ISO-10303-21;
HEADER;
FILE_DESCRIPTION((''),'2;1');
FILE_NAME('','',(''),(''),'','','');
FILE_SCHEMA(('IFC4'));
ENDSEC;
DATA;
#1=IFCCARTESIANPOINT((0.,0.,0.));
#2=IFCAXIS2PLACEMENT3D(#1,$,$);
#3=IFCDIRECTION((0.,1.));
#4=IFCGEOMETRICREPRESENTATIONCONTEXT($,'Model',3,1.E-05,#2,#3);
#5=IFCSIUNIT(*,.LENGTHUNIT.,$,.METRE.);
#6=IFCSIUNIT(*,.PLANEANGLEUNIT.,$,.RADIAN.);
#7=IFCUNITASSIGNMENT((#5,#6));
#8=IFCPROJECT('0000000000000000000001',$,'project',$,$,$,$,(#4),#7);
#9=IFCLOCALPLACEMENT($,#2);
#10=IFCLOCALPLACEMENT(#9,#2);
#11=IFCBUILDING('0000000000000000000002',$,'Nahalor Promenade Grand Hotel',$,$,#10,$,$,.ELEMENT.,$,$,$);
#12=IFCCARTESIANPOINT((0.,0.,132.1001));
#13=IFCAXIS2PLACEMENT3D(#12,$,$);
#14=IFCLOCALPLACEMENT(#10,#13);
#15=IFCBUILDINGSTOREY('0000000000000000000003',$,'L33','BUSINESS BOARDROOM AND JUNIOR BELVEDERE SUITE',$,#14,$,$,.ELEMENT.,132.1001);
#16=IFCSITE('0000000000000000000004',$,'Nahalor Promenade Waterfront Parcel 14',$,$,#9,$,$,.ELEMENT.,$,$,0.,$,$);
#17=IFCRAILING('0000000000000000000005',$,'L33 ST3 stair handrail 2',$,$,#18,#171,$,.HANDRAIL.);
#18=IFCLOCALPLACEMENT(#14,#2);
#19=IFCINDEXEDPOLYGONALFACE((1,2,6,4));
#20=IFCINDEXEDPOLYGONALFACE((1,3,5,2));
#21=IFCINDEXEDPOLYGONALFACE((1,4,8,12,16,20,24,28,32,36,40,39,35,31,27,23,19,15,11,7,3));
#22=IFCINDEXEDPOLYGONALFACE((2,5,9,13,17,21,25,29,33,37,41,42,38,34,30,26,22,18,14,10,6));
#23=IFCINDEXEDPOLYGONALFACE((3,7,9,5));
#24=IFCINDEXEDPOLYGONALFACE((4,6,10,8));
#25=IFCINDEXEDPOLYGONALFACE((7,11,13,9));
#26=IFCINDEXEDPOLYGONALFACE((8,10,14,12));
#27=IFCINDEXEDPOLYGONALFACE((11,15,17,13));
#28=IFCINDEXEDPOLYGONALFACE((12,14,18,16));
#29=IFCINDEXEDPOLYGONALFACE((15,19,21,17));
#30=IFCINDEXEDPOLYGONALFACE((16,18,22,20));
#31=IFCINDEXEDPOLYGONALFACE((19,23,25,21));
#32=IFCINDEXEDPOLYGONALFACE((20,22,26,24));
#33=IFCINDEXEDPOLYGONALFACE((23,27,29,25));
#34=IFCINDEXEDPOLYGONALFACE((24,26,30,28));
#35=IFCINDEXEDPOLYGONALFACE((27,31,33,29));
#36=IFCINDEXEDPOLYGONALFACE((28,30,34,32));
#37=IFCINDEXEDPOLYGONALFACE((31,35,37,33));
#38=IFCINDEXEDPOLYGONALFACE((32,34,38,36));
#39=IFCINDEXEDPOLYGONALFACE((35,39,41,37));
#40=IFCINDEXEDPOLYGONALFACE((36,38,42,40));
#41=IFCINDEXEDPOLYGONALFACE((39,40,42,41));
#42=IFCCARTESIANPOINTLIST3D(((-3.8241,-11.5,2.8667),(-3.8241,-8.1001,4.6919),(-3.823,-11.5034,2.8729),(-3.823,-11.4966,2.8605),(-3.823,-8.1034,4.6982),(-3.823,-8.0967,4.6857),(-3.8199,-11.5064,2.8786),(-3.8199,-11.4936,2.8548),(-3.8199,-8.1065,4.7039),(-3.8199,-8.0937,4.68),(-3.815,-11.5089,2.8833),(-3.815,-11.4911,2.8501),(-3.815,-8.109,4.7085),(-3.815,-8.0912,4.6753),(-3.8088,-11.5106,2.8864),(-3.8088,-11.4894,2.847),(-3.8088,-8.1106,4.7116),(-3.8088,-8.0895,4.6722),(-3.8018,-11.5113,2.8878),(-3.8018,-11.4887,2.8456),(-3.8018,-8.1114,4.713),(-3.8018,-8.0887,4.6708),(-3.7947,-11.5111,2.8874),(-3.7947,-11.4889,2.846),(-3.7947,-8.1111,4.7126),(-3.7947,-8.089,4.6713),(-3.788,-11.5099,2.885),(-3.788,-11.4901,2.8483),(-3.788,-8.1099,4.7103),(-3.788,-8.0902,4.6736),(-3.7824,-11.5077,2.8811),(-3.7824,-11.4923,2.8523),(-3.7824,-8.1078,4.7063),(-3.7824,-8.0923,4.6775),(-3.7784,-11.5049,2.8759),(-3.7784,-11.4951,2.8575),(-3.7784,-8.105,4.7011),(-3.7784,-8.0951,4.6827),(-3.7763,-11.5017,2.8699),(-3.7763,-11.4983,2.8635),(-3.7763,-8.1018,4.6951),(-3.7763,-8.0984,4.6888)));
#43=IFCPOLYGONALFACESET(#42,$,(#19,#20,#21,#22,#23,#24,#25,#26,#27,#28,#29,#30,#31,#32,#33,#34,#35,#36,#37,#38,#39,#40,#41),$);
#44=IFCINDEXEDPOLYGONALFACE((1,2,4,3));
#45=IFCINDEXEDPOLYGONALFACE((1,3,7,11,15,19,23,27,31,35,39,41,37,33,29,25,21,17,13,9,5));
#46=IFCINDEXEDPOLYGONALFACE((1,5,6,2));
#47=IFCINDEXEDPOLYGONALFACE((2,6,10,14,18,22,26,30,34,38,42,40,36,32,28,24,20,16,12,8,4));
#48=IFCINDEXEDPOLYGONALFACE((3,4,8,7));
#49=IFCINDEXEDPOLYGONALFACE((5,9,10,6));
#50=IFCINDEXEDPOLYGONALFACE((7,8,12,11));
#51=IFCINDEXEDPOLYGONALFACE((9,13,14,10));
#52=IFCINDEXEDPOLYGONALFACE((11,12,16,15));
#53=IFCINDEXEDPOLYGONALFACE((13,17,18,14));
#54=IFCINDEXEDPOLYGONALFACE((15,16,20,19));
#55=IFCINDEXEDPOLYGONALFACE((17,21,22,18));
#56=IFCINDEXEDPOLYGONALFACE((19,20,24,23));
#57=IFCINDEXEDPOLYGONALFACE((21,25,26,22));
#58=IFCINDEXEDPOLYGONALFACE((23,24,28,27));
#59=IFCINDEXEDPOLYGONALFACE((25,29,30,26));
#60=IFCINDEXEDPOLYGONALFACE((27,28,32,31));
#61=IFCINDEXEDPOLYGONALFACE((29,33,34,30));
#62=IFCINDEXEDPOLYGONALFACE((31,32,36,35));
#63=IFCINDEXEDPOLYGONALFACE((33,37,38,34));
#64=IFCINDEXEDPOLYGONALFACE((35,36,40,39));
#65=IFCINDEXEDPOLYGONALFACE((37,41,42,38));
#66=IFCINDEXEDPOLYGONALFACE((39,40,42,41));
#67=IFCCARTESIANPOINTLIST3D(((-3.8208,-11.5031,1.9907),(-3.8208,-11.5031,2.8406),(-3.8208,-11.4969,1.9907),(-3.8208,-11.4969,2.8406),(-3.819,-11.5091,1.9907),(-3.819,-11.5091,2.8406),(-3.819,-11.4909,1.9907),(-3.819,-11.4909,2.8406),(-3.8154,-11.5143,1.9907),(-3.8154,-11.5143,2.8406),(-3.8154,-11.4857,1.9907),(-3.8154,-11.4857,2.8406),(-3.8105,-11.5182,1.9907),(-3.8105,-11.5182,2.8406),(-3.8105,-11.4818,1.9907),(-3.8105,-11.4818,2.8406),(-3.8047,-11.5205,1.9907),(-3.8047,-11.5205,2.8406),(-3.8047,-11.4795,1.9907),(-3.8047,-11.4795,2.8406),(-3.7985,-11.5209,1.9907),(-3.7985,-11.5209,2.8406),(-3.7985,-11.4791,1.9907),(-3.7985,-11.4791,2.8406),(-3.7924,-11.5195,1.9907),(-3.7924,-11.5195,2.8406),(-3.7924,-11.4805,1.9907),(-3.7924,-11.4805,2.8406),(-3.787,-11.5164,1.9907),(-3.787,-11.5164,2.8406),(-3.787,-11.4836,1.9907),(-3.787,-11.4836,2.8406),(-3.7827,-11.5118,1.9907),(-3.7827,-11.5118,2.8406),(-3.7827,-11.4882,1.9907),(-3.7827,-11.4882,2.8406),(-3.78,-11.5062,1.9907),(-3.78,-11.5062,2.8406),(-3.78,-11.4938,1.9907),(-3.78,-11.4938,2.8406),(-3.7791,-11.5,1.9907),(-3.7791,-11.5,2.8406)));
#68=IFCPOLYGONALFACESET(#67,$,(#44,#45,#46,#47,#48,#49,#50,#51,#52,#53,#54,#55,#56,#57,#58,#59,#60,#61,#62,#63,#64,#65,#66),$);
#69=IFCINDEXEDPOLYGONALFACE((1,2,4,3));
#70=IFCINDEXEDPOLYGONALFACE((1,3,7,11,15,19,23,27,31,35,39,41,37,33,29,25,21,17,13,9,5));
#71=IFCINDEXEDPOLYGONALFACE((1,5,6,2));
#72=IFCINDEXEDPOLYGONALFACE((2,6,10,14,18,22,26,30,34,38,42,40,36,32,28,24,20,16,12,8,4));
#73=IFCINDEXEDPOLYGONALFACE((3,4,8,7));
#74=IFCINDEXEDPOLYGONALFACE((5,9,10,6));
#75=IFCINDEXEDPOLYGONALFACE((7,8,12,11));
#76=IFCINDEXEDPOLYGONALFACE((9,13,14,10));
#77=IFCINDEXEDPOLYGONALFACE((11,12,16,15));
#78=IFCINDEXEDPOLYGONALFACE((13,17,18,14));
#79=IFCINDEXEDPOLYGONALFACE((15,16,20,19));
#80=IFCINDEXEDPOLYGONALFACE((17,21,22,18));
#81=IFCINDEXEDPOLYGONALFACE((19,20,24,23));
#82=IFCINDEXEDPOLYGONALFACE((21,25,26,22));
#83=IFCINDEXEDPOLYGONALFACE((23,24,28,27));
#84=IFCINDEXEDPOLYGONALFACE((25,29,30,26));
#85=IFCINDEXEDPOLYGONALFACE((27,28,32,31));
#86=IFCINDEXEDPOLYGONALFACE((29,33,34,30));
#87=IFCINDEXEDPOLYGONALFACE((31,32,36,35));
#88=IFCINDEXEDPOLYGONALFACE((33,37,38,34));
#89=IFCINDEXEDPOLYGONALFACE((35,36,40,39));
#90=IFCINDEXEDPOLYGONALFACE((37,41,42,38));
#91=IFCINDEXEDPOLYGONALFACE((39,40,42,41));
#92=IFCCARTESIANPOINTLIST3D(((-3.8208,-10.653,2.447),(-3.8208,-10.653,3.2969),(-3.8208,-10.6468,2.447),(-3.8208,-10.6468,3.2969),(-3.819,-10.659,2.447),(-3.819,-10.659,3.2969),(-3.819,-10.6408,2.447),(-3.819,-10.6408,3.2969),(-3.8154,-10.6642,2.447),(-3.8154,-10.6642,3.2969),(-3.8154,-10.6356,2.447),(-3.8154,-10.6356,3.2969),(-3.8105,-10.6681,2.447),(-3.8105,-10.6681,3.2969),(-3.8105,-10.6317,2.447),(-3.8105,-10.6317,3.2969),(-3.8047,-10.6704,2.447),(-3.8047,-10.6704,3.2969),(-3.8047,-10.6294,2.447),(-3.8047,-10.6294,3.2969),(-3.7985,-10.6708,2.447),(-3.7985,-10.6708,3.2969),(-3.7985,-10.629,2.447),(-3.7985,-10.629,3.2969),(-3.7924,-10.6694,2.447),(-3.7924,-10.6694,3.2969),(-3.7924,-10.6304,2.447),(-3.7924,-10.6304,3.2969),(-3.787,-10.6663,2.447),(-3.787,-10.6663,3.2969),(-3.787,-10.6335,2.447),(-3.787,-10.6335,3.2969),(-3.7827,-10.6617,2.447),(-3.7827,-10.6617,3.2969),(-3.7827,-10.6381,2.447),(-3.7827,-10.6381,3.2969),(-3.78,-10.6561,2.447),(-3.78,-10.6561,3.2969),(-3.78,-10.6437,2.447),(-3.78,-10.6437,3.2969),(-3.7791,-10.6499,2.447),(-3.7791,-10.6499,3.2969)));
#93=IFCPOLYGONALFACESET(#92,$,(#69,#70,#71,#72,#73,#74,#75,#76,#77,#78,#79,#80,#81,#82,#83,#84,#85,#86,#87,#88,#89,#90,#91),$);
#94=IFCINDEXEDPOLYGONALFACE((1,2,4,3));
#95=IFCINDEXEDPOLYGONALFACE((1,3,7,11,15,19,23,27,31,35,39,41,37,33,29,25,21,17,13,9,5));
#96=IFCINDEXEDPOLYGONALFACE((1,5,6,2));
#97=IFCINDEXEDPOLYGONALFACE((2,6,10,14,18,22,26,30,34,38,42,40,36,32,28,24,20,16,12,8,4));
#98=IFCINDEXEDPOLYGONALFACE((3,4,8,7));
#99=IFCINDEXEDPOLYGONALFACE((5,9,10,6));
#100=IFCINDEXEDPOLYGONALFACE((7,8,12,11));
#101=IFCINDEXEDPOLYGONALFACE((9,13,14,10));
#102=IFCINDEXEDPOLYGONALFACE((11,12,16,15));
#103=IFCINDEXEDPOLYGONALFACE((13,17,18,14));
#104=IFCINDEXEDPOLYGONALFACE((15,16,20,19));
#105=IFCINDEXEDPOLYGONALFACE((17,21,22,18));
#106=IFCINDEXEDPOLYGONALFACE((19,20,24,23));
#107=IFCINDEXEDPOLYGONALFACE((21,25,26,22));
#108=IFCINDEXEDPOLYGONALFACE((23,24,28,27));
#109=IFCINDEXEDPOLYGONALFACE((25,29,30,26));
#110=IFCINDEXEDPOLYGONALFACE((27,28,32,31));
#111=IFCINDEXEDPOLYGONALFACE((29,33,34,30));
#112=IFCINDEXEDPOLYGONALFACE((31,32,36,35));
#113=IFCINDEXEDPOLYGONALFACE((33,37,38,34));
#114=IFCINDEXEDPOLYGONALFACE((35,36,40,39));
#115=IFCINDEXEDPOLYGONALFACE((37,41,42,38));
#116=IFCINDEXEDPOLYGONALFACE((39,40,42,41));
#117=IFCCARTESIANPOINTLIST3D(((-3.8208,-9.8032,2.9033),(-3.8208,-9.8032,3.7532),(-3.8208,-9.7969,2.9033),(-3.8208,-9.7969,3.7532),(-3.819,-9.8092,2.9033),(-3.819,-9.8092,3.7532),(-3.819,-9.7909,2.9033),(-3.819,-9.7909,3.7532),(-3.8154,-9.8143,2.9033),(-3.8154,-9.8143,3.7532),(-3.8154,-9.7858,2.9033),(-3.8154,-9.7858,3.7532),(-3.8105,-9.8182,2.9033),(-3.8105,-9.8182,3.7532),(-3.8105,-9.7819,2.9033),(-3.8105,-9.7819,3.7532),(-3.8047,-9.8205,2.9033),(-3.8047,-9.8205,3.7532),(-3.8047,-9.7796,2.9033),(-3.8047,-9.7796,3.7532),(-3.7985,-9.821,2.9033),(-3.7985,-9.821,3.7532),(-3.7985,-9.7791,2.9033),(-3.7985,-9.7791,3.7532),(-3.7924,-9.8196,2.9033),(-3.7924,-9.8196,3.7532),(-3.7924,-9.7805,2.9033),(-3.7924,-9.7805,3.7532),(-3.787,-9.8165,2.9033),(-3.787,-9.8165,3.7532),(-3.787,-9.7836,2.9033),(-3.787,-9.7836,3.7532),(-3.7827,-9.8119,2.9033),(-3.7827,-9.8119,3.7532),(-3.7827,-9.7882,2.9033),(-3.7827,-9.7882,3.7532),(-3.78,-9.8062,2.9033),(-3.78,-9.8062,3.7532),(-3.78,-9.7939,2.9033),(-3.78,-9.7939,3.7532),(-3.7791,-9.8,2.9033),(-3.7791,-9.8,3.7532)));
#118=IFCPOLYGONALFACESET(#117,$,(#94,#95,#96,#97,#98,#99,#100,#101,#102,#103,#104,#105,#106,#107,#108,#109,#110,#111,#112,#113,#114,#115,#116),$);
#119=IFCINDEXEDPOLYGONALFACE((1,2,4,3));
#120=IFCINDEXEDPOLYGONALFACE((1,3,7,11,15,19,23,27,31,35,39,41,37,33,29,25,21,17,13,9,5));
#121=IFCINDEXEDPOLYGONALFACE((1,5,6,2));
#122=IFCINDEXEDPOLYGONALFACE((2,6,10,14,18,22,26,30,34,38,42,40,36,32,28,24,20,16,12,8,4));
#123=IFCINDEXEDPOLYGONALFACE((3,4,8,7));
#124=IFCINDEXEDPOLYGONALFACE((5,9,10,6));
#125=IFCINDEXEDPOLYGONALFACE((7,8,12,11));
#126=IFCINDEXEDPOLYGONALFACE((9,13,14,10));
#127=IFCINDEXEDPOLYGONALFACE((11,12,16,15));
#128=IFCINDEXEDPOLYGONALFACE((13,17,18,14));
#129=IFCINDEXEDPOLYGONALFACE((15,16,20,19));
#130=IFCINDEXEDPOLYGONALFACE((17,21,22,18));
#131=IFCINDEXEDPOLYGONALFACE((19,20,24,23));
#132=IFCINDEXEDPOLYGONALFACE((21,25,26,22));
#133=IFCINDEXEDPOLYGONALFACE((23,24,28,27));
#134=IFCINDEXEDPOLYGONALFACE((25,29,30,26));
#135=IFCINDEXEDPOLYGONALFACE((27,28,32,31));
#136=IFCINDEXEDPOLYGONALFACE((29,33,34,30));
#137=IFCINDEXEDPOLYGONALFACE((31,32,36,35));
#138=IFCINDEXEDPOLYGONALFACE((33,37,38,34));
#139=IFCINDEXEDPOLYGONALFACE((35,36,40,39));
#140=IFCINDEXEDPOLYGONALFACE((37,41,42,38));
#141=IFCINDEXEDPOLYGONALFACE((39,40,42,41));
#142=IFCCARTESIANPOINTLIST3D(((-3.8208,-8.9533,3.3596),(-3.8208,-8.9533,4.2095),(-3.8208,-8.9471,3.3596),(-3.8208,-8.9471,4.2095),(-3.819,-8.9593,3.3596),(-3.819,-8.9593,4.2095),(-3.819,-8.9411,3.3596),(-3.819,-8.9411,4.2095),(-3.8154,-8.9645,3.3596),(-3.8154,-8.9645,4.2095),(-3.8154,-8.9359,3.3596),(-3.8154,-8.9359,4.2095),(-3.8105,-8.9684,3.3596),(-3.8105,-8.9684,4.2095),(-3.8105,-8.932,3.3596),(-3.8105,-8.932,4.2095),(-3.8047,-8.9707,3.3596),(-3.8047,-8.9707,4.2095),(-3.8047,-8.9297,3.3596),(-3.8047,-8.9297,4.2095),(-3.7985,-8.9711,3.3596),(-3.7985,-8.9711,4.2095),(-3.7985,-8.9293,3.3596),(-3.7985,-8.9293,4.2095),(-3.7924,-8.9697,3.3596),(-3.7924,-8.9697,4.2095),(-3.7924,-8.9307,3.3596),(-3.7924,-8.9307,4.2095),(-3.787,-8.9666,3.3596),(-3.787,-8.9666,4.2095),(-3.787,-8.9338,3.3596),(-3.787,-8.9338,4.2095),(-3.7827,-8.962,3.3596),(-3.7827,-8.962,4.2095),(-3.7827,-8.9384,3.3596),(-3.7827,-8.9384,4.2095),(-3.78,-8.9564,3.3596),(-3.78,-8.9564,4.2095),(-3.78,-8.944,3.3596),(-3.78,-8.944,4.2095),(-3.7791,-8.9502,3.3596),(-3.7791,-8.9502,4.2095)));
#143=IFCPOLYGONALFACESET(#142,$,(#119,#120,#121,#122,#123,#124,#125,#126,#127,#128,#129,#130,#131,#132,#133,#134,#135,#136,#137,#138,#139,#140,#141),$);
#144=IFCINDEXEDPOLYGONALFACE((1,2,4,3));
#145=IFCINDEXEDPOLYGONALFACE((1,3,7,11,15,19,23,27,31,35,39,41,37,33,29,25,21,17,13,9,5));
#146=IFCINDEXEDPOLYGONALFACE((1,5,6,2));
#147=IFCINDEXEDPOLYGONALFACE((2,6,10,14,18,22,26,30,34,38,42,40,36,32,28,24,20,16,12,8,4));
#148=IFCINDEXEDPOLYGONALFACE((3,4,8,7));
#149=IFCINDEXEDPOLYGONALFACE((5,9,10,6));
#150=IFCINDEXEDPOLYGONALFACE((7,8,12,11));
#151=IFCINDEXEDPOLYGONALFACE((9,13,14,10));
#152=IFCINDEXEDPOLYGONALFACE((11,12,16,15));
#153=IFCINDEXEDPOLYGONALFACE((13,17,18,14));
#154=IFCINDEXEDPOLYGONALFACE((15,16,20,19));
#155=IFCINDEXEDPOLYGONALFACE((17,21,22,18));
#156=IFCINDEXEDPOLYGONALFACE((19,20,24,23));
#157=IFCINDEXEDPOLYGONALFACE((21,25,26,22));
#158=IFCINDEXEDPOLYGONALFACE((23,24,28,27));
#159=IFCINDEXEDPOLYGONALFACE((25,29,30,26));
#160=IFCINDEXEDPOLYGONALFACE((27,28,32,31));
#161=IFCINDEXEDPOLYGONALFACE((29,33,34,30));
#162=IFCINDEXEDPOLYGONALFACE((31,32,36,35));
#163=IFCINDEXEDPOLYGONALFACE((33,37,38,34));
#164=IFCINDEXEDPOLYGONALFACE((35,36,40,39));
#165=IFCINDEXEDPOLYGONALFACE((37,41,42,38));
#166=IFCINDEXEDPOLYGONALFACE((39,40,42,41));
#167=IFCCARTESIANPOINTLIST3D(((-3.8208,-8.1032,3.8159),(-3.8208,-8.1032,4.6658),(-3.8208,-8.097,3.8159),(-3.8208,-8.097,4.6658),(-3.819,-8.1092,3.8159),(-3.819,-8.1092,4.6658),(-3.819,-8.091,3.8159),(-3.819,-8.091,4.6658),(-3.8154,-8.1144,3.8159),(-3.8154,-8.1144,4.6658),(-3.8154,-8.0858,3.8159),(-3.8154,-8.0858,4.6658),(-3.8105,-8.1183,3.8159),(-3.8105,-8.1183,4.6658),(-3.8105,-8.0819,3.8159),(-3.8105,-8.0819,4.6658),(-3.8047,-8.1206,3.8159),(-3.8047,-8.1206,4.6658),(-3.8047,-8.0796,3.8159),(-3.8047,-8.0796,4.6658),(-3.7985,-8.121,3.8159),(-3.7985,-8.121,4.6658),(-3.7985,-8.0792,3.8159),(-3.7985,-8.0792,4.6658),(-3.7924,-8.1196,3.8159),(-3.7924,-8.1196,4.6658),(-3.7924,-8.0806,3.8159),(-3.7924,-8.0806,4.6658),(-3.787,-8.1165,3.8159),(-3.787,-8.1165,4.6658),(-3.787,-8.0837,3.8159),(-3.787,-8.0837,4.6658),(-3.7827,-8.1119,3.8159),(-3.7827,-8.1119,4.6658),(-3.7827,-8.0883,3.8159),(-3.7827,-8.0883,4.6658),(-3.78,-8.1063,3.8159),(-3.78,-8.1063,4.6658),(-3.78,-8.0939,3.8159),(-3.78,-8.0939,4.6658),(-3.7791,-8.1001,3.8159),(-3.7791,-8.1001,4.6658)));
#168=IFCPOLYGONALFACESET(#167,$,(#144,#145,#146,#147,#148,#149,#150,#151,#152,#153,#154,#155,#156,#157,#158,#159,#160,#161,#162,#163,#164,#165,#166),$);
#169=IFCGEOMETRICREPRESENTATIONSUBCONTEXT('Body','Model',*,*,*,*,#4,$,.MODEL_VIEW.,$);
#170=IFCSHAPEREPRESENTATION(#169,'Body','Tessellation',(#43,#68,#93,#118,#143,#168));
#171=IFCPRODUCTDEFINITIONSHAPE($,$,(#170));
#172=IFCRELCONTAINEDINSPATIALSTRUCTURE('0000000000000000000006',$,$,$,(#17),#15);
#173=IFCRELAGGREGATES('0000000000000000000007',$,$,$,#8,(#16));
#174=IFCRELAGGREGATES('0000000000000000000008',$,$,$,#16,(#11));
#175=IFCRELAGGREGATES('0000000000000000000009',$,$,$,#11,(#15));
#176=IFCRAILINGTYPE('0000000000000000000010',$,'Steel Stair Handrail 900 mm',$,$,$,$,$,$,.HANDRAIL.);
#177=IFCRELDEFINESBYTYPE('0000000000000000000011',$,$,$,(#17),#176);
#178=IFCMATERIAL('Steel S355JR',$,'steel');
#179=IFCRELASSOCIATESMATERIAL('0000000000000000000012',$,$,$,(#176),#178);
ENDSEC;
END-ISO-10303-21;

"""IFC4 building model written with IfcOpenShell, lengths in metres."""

from ifc_helpers import new_model, si_unit, direction, frame, origin, origin_2d, place, context, subcontext, project, spatial, circle, extrude, material, type_object, element, save


model = new_model("IFC4")

# Units and contexts
model_context = context("Model", 3, precision=1e-05, world=origin(), true_north=direction((0.0, 1.0)))
body_context = subcontext(model_context, "Body", "Model", "MODEL_VIEW")
ifc_project = project(units=[si_unit("LENGTHUNIT", "METRE"), si_unit("PLANEANGLEUNIT", "RADIAN")], contexts=[model_context])

# Site, building, storey
site_placement = place(None, origin())
site = spatial("IfcSite", under=ifc_project, at=site_placement, Name="Nahalor Promenade Waterfront Parcel 14", CompositionType="ELEMENT", RefElevation=0.0)
building_placement = place(site_placement, origin())
building = spatial("IfcBuilding", under=site, at=building_placement, Name="Nahalor Promenade Grand Hotel", CompositionType="ELEMENT")
storey_placement = place(building_placement, frame((0.0, 0.0, 132.1001)))
storey = spatial("IfcBuildingStorey", under=building, at=storey_placement, Name="L33", Description="BUSINESS BOARDROOM AND JUNIOR BELVEDERE SUITE", CompositionType="ELEMENT", Elevation=132.1001)

# Shared definitions
ifc_material_1 = material(Name="Steel S355JR", Category="steel")

# Railing
railing_type_1 = type_object("IfcRailingType", Name="Steel Stair Handrail 900 mm", PredefinedType="HANDRAIL", material=ifc_material_1)
railing_1_placement = place(storey_placement, frame((-3.8, -11.5, 1.9907)))
element("IfcRailing", 1, at=railing_1_placement, inside=storey, type_object=railing_type_1, Name="L33 ST3 stair handrail 2", PredefinedType="HANDRAIL", context=body_context, shape_type="SweptSolid", body=[
    extrude(circle(Radius=0.024, at=origin_2d()), frame((0.0, 0.0, 0.876), z_axis=(0.0, 0.881068, 0.47299), x_axis=(-1.0, 0.0, 0.0)), (0.0, 0.0, 1.0), 3.8589),
    extrude(circle(Radius=0.021, at=origin_2d()), origin(), (0.0, 0.0, 1.0), 0.8499),
    extrude(circle(Radius=0.021, at=origin_2d()), frame((0.0, 0.8501, 0.4563)), (0.0, 0.0, 1.0), 0.8499),
    extrude(circle(Radius=0.021, at=origin_2d()), frame((0.0, 1.7, 0.9126)), (0.0, 0.0, 1.0), 0.8499),
    extrude(circle(Radius=0.021, at=origin_2d()), frame((0.0, 2.5498, 1.3689)), (0.0, 0.0, 1.0), 0.8499),
    extrude(circle(Radius=0.021, at=origin_2d()), frame((0.0, 3.3999, 1.8252)), (0.0, 0.0, 1.0), 0.8499),
])

save(model, "model.ifc")
